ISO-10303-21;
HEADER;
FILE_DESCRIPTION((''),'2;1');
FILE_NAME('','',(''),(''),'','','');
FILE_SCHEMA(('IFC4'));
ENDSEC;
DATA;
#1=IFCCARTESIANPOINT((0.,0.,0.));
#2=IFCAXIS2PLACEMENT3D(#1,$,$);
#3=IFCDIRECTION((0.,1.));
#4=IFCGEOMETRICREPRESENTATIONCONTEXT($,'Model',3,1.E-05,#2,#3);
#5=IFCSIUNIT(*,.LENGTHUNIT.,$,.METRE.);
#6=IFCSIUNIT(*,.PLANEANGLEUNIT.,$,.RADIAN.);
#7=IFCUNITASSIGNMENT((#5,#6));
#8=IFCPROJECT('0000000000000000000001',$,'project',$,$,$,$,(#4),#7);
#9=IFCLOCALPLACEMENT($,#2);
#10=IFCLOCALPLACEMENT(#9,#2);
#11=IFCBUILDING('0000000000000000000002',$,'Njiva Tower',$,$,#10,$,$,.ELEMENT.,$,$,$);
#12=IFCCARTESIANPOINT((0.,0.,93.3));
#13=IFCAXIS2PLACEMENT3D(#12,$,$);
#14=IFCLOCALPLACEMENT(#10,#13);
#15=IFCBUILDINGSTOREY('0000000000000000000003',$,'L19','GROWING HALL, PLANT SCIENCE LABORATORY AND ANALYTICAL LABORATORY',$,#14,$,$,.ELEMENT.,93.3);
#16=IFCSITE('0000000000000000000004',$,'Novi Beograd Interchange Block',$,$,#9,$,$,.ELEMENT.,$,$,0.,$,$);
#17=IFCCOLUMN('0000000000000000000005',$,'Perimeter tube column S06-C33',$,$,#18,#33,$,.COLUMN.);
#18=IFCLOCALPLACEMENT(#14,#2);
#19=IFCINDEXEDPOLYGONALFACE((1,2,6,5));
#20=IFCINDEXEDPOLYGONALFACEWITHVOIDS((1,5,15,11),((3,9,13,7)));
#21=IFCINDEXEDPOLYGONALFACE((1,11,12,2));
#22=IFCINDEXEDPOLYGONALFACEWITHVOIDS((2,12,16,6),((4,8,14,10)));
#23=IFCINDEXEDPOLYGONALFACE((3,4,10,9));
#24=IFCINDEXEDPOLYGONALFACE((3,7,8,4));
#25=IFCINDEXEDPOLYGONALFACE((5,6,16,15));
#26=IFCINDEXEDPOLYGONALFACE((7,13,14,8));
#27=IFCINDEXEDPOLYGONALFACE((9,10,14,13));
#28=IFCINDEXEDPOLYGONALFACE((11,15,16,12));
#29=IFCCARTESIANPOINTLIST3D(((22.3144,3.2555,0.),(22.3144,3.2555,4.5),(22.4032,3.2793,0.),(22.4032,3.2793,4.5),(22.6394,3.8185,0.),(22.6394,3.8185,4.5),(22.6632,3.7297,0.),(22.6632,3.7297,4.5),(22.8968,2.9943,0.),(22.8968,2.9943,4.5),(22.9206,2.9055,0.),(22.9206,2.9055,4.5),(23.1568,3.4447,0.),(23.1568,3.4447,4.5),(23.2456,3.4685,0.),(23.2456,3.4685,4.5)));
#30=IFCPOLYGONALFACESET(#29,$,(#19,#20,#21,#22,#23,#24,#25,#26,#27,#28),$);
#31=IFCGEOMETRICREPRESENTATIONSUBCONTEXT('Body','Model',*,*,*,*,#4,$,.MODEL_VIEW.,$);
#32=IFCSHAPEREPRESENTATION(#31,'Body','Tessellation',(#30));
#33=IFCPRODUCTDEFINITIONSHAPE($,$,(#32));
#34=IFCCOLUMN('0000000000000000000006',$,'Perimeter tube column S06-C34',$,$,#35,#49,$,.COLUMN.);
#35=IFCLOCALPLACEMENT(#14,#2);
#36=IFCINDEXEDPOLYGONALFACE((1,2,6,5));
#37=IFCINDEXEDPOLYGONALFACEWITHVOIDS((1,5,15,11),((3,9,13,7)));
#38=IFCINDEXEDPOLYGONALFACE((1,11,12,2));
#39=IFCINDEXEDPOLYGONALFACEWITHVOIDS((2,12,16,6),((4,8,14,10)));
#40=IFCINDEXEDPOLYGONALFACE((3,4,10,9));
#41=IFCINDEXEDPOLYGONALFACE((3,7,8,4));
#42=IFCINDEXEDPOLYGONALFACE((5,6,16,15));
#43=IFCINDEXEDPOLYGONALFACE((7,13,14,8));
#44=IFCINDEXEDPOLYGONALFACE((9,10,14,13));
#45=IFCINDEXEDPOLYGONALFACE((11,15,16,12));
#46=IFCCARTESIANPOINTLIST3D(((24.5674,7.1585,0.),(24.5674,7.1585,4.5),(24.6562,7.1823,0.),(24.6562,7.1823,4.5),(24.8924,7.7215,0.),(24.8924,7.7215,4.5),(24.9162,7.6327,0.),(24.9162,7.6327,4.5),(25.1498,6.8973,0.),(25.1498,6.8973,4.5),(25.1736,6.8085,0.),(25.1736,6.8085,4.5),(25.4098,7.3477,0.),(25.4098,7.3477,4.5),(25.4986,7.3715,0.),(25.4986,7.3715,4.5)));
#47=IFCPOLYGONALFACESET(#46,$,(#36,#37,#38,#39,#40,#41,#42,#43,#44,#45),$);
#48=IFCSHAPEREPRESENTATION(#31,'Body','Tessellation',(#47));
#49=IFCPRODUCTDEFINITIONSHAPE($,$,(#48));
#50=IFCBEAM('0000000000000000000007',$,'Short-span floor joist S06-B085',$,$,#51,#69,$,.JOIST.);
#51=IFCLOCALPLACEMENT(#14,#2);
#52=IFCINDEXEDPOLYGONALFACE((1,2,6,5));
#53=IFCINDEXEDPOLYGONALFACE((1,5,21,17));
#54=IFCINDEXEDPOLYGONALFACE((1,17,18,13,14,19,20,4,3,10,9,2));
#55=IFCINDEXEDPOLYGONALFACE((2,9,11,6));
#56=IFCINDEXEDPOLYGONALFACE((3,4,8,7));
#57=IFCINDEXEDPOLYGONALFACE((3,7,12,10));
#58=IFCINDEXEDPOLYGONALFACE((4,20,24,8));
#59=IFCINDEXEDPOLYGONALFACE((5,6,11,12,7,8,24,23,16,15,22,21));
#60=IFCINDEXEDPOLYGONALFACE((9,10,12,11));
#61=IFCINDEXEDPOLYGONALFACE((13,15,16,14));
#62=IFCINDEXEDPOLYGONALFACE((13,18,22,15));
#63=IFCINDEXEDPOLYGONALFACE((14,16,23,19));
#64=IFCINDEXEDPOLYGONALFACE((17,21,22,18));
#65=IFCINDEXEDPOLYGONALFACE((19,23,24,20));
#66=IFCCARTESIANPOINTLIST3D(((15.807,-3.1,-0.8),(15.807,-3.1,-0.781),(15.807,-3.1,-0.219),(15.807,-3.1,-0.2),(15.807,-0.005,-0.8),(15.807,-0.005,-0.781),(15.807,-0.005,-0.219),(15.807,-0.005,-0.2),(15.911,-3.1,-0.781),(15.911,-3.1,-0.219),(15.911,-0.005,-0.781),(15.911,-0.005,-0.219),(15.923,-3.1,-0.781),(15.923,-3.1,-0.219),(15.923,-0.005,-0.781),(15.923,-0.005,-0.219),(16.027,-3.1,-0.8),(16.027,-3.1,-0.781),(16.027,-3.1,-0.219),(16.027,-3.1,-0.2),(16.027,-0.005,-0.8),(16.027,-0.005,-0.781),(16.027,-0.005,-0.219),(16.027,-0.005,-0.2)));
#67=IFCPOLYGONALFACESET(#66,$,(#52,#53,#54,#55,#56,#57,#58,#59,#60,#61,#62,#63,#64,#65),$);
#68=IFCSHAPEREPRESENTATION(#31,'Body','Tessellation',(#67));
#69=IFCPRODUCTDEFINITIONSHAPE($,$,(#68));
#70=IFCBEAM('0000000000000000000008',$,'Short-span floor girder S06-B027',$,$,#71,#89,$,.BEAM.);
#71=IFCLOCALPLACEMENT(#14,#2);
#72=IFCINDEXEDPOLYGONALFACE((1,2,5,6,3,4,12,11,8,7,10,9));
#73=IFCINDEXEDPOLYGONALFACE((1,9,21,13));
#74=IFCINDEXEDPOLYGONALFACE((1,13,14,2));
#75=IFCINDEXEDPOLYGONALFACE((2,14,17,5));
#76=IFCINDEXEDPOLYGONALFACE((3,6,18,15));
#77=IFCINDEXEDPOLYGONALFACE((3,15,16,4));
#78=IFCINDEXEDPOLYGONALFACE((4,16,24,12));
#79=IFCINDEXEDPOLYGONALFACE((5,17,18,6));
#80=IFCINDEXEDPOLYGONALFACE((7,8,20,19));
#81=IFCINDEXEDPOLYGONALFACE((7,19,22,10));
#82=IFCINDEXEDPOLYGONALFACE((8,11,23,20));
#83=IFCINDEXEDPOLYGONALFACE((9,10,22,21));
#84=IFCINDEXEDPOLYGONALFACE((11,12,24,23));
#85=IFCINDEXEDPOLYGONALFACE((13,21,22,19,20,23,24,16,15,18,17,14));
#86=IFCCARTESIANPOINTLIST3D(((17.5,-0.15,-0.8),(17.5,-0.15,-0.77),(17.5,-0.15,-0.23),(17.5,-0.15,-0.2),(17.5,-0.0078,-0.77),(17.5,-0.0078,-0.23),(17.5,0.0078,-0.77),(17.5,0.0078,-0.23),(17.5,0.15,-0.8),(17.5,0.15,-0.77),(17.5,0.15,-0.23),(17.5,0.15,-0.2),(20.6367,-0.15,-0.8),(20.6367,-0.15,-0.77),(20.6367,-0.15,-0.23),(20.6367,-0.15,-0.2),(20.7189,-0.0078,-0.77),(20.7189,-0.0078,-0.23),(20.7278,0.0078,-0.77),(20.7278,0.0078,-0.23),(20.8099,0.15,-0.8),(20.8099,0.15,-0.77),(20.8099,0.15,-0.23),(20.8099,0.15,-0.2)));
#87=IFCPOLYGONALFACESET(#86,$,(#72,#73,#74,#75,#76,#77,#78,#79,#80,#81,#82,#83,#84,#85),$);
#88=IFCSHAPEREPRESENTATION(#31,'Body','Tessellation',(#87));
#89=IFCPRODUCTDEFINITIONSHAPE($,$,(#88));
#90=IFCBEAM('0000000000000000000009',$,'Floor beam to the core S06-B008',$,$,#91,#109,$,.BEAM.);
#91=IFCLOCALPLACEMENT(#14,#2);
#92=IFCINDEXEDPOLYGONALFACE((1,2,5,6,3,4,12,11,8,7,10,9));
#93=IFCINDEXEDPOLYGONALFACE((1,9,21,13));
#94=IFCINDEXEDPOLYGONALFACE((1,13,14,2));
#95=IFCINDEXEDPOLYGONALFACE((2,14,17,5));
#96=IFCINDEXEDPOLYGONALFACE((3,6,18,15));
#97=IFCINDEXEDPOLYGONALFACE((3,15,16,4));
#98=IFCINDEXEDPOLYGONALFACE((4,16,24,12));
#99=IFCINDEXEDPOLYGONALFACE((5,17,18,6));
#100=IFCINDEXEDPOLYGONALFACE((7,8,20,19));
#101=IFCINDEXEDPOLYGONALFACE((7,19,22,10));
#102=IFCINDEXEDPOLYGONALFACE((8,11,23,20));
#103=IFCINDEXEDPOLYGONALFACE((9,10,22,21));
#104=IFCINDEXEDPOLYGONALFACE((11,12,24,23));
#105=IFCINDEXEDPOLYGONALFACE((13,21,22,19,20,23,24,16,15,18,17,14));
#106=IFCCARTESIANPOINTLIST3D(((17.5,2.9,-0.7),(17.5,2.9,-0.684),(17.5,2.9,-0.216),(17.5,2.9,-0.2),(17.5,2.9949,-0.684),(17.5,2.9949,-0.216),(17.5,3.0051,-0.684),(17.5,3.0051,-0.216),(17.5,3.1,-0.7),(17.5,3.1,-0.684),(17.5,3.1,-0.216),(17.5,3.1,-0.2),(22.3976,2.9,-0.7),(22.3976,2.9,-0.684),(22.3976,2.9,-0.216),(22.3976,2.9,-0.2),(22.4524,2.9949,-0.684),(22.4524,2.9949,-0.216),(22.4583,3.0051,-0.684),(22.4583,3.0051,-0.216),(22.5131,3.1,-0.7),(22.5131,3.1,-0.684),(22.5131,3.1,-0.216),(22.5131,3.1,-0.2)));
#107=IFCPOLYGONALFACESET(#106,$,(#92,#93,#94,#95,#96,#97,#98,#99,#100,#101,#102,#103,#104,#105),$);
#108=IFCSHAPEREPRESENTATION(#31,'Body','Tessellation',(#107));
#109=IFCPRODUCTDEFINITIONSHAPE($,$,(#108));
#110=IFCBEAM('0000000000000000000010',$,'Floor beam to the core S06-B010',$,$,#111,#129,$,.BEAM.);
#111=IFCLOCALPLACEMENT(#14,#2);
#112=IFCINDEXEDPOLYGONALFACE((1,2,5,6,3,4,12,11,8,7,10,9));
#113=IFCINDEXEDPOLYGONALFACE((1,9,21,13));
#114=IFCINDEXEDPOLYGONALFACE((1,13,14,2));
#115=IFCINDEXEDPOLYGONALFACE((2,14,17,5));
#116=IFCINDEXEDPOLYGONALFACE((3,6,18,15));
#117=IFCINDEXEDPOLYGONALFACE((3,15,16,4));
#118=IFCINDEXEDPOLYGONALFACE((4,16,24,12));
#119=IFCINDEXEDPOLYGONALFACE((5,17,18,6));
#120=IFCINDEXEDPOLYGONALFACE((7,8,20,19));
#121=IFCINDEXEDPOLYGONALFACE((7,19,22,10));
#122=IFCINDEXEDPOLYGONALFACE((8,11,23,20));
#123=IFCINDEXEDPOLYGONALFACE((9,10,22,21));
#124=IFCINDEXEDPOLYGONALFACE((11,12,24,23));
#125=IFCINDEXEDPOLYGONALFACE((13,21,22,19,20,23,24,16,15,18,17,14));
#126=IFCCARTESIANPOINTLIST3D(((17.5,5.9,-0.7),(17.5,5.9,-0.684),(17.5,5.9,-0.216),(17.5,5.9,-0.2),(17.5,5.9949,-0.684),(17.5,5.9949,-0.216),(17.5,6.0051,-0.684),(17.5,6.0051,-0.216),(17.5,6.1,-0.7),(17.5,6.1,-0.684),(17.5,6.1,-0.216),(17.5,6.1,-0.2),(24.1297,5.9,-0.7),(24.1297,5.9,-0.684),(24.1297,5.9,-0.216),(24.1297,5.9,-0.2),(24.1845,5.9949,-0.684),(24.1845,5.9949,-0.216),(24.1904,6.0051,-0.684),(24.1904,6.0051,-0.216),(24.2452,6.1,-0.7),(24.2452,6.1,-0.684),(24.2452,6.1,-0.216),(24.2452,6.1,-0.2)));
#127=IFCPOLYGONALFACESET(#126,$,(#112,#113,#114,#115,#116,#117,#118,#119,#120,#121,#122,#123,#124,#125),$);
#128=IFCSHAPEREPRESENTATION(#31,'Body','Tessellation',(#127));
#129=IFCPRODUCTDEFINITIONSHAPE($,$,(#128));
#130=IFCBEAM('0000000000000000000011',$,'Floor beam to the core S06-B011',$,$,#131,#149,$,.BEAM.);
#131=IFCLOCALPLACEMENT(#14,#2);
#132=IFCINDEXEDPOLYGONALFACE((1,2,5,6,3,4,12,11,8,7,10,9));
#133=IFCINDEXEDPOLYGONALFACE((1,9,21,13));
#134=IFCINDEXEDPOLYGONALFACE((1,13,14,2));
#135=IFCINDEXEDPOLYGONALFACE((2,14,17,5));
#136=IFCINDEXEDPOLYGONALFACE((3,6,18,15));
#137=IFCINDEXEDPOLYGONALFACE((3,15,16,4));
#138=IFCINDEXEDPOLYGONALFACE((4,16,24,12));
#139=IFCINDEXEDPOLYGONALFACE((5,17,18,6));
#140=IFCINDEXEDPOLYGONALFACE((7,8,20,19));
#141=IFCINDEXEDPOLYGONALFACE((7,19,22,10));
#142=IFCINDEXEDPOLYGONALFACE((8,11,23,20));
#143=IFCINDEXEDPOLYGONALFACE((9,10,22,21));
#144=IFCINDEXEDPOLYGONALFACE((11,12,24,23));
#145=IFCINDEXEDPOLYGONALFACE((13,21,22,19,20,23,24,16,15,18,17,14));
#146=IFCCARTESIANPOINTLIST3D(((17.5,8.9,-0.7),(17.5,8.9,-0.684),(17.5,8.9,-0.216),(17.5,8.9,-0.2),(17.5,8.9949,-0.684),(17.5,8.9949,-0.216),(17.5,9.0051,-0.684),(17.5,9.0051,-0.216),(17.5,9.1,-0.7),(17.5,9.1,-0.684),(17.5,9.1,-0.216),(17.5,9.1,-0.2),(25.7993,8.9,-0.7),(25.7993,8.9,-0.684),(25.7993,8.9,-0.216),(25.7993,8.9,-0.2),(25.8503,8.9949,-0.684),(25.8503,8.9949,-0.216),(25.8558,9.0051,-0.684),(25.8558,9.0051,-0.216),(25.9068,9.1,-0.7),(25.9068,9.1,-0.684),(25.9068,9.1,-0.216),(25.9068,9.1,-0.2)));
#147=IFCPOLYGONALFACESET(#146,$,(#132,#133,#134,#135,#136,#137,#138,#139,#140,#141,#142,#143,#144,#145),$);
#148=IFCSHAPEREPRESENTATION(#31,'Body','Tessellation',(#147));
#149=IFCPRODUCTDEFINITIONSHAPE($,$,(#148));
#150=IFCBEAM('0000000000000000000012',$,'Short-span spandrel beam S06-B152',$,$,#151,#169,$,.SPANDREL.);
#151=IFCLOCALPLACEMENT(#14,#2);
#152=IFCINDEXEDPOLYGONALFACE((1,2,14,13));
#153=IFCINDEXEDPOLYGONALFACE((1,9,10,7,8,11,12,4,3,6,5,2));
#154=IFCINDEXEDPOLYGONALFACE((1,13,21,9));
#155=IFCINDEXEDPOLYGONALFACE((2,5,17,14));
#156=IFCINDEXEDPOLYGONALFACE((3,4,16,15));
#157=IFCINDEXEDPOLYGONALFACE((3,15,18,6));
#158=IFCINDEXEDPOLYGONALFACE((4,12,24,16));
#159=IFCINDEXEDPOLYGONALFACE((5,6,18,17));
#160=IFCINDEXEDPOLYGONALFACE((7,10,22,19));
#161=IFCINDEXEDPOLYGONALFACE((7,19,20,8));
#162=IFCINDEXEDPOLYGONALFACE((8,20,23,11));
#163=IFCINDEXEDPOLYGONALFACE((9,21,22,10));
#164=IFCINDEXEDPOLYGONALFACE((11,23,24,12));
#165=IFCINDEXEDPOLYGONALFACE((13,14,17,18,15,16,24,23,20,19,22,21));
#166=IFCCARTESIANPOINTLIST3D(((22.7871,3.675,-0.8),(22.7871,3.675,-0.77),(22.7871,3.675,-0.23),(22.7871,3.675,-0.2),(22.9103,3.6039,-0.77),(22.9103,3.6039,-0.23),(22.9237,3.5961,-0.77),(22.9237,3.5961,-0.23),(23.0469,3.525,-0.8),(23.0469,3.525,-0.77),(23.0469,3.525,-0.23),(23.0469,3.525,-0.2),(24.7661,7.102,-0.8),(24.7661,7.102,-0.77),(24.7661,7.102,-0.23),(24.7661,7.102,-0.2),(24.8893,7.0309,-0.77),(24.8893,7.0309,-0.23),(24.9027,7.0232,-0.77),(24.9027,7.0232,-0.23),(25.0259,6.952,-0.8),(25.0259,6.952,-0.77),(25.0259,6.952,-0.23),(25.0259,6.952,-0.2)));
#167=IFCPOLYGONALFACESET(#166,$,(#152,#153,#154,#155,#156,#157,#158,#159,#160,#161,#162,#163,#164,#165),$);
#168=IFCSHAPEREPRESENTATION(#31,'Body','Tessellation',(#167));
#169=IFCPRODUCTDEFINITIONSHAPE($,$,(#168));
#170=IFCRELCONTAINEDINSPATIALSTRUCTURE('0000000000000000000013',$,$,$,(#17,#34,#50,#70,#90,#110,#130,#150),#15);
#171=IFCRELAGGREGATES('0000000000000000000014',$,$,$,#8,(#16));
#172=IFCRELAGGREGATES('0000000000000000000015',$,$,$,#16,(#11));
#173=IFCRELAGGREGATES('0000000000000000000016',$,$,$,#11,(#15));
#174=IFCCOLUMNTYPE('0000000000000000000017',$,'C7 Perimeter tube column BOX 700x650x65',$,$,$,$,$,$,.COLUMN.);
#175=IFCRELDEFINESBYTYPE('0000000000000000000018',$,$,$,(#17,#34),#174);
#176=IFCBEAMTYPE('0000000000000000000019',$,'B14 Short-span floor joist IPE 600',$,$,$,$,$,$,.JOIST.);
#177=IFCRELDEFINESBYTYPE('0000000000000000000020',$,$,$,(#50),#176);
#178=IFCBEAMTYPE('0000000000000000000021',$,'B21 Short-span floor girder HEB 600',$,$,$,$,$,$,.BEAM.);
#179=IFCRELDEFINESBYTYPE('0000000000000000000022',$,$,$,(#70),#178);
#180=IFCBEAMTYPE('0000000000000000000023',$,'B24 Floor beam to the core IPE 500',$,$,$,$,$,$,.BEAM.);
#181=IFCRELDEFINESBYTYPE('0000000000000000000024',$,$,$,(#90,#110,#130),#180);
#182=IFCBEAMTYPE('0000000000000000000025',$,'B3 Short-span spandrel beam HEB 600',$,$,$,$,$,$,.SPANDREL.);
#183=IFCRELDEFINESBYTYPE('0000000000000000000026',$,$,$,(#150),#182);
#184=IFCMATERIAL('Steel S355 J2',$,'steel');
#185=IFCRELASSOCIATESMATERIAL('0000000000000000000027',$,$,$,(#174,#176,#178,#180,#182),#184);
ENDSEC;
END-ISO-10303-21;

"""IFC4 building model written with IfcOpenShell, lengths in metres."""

from ifc_helpers import new_model, si_unit, direction, frame, origin, origin_2d, place, context, subcontext, project, spatial, hollow_rectangle, i_section, extrude, clip, halfspace, material, material_profile, profile_set, type_object, element, save


model = new_model("IFC4")

# Units and contexts
model_context = context("Model", 3, precision=1e-05, world=origin(), true_north=direction((0.0, 1.0)))
body_context = subcontext(model_context, "Body", "Model", "MODEL_VIEW")
ifc_project = project(units=[si_unit("LENGTHUNIT", "METRE"), si_unit("PLANEANGLEUNIT", "RADIAN")], contexts=[model_context])

# Site, building, storey
site_placement = place(None, origin())
site = spatial("IfcSite", under=ifc_project, at=site_placement, Name="Novi Beograd Interchange Block", CompositionType="ELEMENT", RefElevation=0.0)
building_placement = place(site_placement, origin())
building = spatial("IfcBuilding", under=site, at=building_placement, Name="Njiva Tower", CompositionType="ELEMENT")
storey_placement = place(building_placement, frame((0.0, 0.0, 93.3)))
storey = spatial("IfcBuildingStorey", under=building, at=storey_placement, Name="L19", Description="GROWING HALL, PLANT SCIENCE LABORATORY AND ANALYTICAL LABORATORY", CompositionType="ELEMENT", Elevation=93.3)

# Columns
ifc_material_1 = material(Name="Steel S355 J2", Category="steel")
ifc_material_profile_1 = material_profile(ifc_material_1, hollow_rectangle(XDim=0.65, YDim=0.7, WallThickness=0.065, at=origin_2d()), Name="BOX 700x650x65")
ifc_profile_set_1 = profile_set([ifc_material_profile_1], Name="Steel S355 J2")
column_type = type_object("IfcColumnType", Name="C7 Perimeter tube column BOX 700x650x65", PredefinedType="COLUMN", material=ifc_profile_set_1)
for number, where, z_axis, x_axis, name in (
    (1, (22.78, 3.362, 0.0), (0.0, 0.0, 1.0), (0.5, 0.866025, 0.0), "Perimeter tube column S06-C33"),
    (2, (25.033, 7.265, 0.0), (0.0, 0.0, 1.0), (0.5, 0.866025, 0.0), "Perimeter tube column S06-C34"),
):
    element("IfcColumn", number, at=place(storey_placement, frame(where, z_axis=z_axis, x_axis=x_axis)), inside=storey, type_object=column_type, Name=name, PredefinedType="COLUMN", context=body_context, shape_type="SweptSolid", body=[
        extrude(hollow_rectangle(XDim=0.65, YDim=0.7, WallThickness=0.065, at=origin_2d()), origin(), (0.0, 0.0, 1.0), 4.5),
    ])

# Beams
ifc_material_profile_2 = material_profile(ifc_material_1, i_section(OverallWidth=0.22, OverallDepth=0.6, WebThickness=0.012, FlangeThickness=0.019, at=origin_2d()), Name="IPE 600")
ifc_profile_set_2 = profile_set([ifc_material_profile_2], Name="Steel S355 J2")
beam_type_1 = type_object("IfcBeamType", Name="B14 Short-span floor joist IPE 600", PredefinedType="JOIST", material=ifc_profile_set_2)
beam_1_placement = place(storey_placement, frame((15.917, -0.005, -0.5), z_axis=(0.0, -1.0, 0.0), x_axis=(1.0, 0.0, 0.0)))
element("IfcBeam", 3, at=beam_1_placement, inside=storey, type_object=beam_type_1, Name="Short-span floor joist S06-B085", PredefinedType="JOIST", context=body_context, shape_type="SweptSolid", body=[
    extrude(i_section(OverallWidth=0.22, OverallDepth=0.6, WebThickness=0.012, FlangeThickness=0.019, at=origin_2d()), origin(), (0.0, 0.0, 1.0), 3.095),
])
ifc_material_profile_3 = material_profile(ifc_material_1, i_section(OverallWidth=0.3, OverallDepth=0.6, WebThickness=0.0155, FlangeThickness=0.03, at=origin_2d()), Name="HEB 600")
ifc_profile_set_3 = profile_set([ifc_material_profile_3], Name="Steel S355 J2")
beam_type_2 = type_object("IfcBeamType", Name="B21 Short-span floor girder HEB 600", PredefinedType="BEAM", material=ifc_profile_set_3)
beam_2_placement = place(storey_placement, frame((17.5, 0.0, -0.5), z_axis=(1.0, 0.0, 0.0), x_axis=(0.0, 1.0, 0.0)))
element("IfcBeam", 4, at=beam_2_placement, inside=storey, type_object=beam_type_2, Name="Short-span floor girder S06-B027", PredefinedType="BEAM", context=body_context, shape_type="Clipping", body=[
    clip(extrude(i_section(OverallWidth=0.3, OverallDepth=0.6, WebThickness=0.0155, FlangeThickness=0.03, at=origin_2d()), origin(), (0.0, 0.0, 1.0), 3.33), halfspace(frame((-0.025, 0.0, 3.2089), z_axis=(-0.499998, 0.0, 0.866027), x_axis=(0.0, 1.0, 0.0)), False)),
])
ifc_material_profile_4 = material_profile(ifc_material_1, i_section(OverallWidth=0.2, OverallDepth=0.5, WebThickness=0.0102, FlangeThickness=0.016, at=origin_2d()), Name="IPE 500")
ifc_profile_set_4 = profile_set([ifc_material_profile_4], Name="Steel S355 J2")
beam_type_3 = type_object("IfcBeamType", Name="B24 Floor beam to the core IPE 500", PredefinedType="BEAM", material=ifc_profile_set_4)
beam_3_placement = place(storey_placement, frame((17.5, 3.0, -0.45), z_axis=(1.0, 0.0, 0.0), x_axis=(0.0, 1.0, 0.0)))
element("IfcBeam", 5, at=beam_3_placement, inside=storey, type_object=beam_type_3, Name="Floor beam to the core S06-B008", PredefinedType="BEAM", context=body_context, shape_type="Clipping", body=[
    clip(extrude(i_section(OverallWidth=0.2, OverallDepth=0.5, WebThickness=0.0102, FlangeThickness=0.016, at=origin_2d()), origin(), (0.0, 0.0, 1.0), 5.033), halfspace(frame((-0.025, 0.0, 4.9409), z_axis=(-0.499998, 0.0, 0.866027), x_axis=(0.0, 1.0, 0.0)), False)),
])
beam_4_placement = place(storey_placement, frame((17.5, 6.0, -0.45), z_axis=(1.0, 0.0, 0.0), x_axis=(0.0, 1.0, 0.0)))
element("IfcBeam", 6, at=beam_4_placement, inside=storey, type_object=beam_type_3, Name="Floor beam to the core S06-B010", PredefinedType="BEAM", context=body_context, shape_type="Clipping", body=[
    clip(extrude(i_section(OverallWidth=0.2, OverallDepth=0.5, WebThickness=0.0102, FlangeThickness=0.016, at=origin_2d()), origin(), (0.0, 0.0, 1.0), 6.765), halfspace(frame((-0.025, 0.0, 6.673), z_axis=(-0.499998, 0.0, 0.866027), x_axis=(0.0, 1.0, 0.0)), False)),
])
beam_5_placement = place(storey_placement, frame((17.5, 9.0, -0.45), z_axis=(1.0, 0.0, 0.0), x_axis=(0.0, 1.0, 0.0)))
element("IfcBeam", 7, at=beam_5_placement, inside=storey, type_object=beam_type_3, Name="Floor beam to the core S06-B011", PredefinedType="BEAM", context=body_context, shape_type="Clipping", body=[
    clip(extrude(i_section(OverallWidth=0.2, OverallDepth=0.5, WebThickness=0.0102, FlangeThickness=0.016, at=origin_2d()), origin(), (0.0, 0.0, 1.0), 8.427), halfspace(frame((-0.0237, 0.0, 8.3403), z_axis=(-0.473762, 0.0, 0.880653), x_axis=(0.0, 1.0, 0.0)), False)),
])
ifc_material_profile_5 = material_profile(ifc_material_1, i_section(OverallWidth=0.3, OverallDepth=0.6, WebThickness=0.0155, FlangeThickness=0.03, at=origin_2d()), Name="HEB 600")
ifc_profile_set_5 = profile_set([ifc_material_profile_5], Name="Steel S355 J2")
beam_type_4 = type_object("IfcBeamType", Name="B3 Short-span spandrel beam HEB 600", PredefinedType="SPANDREL", material=ifc_profile_set_5)
beam_6_placement = place(storey_placement, frame((22.917, 3.6, -0.5), z_axis=(0.50008, 0.865979, 0.0), x_axis=(-0.865979, 0.50008, 0.0)))
element("IfcBeam", 8, at=beam_6_placement, inside=storey, type_object=beam_type_4, Name="Short-span spandrel beam S06-B152", PredefinedType="SPANDREL", context=body_context, shape_type="SweptSolid", body=[
    extrude(i_section(OverallWidth=0.3, OverallDepth=0.6, WebThickness=0.0155, FlangeThickness=0.03, at=origin_2d()), origin(), (0.0, 0.0, 1.0), 3.9574),
])

save(model, "model.ifc")
